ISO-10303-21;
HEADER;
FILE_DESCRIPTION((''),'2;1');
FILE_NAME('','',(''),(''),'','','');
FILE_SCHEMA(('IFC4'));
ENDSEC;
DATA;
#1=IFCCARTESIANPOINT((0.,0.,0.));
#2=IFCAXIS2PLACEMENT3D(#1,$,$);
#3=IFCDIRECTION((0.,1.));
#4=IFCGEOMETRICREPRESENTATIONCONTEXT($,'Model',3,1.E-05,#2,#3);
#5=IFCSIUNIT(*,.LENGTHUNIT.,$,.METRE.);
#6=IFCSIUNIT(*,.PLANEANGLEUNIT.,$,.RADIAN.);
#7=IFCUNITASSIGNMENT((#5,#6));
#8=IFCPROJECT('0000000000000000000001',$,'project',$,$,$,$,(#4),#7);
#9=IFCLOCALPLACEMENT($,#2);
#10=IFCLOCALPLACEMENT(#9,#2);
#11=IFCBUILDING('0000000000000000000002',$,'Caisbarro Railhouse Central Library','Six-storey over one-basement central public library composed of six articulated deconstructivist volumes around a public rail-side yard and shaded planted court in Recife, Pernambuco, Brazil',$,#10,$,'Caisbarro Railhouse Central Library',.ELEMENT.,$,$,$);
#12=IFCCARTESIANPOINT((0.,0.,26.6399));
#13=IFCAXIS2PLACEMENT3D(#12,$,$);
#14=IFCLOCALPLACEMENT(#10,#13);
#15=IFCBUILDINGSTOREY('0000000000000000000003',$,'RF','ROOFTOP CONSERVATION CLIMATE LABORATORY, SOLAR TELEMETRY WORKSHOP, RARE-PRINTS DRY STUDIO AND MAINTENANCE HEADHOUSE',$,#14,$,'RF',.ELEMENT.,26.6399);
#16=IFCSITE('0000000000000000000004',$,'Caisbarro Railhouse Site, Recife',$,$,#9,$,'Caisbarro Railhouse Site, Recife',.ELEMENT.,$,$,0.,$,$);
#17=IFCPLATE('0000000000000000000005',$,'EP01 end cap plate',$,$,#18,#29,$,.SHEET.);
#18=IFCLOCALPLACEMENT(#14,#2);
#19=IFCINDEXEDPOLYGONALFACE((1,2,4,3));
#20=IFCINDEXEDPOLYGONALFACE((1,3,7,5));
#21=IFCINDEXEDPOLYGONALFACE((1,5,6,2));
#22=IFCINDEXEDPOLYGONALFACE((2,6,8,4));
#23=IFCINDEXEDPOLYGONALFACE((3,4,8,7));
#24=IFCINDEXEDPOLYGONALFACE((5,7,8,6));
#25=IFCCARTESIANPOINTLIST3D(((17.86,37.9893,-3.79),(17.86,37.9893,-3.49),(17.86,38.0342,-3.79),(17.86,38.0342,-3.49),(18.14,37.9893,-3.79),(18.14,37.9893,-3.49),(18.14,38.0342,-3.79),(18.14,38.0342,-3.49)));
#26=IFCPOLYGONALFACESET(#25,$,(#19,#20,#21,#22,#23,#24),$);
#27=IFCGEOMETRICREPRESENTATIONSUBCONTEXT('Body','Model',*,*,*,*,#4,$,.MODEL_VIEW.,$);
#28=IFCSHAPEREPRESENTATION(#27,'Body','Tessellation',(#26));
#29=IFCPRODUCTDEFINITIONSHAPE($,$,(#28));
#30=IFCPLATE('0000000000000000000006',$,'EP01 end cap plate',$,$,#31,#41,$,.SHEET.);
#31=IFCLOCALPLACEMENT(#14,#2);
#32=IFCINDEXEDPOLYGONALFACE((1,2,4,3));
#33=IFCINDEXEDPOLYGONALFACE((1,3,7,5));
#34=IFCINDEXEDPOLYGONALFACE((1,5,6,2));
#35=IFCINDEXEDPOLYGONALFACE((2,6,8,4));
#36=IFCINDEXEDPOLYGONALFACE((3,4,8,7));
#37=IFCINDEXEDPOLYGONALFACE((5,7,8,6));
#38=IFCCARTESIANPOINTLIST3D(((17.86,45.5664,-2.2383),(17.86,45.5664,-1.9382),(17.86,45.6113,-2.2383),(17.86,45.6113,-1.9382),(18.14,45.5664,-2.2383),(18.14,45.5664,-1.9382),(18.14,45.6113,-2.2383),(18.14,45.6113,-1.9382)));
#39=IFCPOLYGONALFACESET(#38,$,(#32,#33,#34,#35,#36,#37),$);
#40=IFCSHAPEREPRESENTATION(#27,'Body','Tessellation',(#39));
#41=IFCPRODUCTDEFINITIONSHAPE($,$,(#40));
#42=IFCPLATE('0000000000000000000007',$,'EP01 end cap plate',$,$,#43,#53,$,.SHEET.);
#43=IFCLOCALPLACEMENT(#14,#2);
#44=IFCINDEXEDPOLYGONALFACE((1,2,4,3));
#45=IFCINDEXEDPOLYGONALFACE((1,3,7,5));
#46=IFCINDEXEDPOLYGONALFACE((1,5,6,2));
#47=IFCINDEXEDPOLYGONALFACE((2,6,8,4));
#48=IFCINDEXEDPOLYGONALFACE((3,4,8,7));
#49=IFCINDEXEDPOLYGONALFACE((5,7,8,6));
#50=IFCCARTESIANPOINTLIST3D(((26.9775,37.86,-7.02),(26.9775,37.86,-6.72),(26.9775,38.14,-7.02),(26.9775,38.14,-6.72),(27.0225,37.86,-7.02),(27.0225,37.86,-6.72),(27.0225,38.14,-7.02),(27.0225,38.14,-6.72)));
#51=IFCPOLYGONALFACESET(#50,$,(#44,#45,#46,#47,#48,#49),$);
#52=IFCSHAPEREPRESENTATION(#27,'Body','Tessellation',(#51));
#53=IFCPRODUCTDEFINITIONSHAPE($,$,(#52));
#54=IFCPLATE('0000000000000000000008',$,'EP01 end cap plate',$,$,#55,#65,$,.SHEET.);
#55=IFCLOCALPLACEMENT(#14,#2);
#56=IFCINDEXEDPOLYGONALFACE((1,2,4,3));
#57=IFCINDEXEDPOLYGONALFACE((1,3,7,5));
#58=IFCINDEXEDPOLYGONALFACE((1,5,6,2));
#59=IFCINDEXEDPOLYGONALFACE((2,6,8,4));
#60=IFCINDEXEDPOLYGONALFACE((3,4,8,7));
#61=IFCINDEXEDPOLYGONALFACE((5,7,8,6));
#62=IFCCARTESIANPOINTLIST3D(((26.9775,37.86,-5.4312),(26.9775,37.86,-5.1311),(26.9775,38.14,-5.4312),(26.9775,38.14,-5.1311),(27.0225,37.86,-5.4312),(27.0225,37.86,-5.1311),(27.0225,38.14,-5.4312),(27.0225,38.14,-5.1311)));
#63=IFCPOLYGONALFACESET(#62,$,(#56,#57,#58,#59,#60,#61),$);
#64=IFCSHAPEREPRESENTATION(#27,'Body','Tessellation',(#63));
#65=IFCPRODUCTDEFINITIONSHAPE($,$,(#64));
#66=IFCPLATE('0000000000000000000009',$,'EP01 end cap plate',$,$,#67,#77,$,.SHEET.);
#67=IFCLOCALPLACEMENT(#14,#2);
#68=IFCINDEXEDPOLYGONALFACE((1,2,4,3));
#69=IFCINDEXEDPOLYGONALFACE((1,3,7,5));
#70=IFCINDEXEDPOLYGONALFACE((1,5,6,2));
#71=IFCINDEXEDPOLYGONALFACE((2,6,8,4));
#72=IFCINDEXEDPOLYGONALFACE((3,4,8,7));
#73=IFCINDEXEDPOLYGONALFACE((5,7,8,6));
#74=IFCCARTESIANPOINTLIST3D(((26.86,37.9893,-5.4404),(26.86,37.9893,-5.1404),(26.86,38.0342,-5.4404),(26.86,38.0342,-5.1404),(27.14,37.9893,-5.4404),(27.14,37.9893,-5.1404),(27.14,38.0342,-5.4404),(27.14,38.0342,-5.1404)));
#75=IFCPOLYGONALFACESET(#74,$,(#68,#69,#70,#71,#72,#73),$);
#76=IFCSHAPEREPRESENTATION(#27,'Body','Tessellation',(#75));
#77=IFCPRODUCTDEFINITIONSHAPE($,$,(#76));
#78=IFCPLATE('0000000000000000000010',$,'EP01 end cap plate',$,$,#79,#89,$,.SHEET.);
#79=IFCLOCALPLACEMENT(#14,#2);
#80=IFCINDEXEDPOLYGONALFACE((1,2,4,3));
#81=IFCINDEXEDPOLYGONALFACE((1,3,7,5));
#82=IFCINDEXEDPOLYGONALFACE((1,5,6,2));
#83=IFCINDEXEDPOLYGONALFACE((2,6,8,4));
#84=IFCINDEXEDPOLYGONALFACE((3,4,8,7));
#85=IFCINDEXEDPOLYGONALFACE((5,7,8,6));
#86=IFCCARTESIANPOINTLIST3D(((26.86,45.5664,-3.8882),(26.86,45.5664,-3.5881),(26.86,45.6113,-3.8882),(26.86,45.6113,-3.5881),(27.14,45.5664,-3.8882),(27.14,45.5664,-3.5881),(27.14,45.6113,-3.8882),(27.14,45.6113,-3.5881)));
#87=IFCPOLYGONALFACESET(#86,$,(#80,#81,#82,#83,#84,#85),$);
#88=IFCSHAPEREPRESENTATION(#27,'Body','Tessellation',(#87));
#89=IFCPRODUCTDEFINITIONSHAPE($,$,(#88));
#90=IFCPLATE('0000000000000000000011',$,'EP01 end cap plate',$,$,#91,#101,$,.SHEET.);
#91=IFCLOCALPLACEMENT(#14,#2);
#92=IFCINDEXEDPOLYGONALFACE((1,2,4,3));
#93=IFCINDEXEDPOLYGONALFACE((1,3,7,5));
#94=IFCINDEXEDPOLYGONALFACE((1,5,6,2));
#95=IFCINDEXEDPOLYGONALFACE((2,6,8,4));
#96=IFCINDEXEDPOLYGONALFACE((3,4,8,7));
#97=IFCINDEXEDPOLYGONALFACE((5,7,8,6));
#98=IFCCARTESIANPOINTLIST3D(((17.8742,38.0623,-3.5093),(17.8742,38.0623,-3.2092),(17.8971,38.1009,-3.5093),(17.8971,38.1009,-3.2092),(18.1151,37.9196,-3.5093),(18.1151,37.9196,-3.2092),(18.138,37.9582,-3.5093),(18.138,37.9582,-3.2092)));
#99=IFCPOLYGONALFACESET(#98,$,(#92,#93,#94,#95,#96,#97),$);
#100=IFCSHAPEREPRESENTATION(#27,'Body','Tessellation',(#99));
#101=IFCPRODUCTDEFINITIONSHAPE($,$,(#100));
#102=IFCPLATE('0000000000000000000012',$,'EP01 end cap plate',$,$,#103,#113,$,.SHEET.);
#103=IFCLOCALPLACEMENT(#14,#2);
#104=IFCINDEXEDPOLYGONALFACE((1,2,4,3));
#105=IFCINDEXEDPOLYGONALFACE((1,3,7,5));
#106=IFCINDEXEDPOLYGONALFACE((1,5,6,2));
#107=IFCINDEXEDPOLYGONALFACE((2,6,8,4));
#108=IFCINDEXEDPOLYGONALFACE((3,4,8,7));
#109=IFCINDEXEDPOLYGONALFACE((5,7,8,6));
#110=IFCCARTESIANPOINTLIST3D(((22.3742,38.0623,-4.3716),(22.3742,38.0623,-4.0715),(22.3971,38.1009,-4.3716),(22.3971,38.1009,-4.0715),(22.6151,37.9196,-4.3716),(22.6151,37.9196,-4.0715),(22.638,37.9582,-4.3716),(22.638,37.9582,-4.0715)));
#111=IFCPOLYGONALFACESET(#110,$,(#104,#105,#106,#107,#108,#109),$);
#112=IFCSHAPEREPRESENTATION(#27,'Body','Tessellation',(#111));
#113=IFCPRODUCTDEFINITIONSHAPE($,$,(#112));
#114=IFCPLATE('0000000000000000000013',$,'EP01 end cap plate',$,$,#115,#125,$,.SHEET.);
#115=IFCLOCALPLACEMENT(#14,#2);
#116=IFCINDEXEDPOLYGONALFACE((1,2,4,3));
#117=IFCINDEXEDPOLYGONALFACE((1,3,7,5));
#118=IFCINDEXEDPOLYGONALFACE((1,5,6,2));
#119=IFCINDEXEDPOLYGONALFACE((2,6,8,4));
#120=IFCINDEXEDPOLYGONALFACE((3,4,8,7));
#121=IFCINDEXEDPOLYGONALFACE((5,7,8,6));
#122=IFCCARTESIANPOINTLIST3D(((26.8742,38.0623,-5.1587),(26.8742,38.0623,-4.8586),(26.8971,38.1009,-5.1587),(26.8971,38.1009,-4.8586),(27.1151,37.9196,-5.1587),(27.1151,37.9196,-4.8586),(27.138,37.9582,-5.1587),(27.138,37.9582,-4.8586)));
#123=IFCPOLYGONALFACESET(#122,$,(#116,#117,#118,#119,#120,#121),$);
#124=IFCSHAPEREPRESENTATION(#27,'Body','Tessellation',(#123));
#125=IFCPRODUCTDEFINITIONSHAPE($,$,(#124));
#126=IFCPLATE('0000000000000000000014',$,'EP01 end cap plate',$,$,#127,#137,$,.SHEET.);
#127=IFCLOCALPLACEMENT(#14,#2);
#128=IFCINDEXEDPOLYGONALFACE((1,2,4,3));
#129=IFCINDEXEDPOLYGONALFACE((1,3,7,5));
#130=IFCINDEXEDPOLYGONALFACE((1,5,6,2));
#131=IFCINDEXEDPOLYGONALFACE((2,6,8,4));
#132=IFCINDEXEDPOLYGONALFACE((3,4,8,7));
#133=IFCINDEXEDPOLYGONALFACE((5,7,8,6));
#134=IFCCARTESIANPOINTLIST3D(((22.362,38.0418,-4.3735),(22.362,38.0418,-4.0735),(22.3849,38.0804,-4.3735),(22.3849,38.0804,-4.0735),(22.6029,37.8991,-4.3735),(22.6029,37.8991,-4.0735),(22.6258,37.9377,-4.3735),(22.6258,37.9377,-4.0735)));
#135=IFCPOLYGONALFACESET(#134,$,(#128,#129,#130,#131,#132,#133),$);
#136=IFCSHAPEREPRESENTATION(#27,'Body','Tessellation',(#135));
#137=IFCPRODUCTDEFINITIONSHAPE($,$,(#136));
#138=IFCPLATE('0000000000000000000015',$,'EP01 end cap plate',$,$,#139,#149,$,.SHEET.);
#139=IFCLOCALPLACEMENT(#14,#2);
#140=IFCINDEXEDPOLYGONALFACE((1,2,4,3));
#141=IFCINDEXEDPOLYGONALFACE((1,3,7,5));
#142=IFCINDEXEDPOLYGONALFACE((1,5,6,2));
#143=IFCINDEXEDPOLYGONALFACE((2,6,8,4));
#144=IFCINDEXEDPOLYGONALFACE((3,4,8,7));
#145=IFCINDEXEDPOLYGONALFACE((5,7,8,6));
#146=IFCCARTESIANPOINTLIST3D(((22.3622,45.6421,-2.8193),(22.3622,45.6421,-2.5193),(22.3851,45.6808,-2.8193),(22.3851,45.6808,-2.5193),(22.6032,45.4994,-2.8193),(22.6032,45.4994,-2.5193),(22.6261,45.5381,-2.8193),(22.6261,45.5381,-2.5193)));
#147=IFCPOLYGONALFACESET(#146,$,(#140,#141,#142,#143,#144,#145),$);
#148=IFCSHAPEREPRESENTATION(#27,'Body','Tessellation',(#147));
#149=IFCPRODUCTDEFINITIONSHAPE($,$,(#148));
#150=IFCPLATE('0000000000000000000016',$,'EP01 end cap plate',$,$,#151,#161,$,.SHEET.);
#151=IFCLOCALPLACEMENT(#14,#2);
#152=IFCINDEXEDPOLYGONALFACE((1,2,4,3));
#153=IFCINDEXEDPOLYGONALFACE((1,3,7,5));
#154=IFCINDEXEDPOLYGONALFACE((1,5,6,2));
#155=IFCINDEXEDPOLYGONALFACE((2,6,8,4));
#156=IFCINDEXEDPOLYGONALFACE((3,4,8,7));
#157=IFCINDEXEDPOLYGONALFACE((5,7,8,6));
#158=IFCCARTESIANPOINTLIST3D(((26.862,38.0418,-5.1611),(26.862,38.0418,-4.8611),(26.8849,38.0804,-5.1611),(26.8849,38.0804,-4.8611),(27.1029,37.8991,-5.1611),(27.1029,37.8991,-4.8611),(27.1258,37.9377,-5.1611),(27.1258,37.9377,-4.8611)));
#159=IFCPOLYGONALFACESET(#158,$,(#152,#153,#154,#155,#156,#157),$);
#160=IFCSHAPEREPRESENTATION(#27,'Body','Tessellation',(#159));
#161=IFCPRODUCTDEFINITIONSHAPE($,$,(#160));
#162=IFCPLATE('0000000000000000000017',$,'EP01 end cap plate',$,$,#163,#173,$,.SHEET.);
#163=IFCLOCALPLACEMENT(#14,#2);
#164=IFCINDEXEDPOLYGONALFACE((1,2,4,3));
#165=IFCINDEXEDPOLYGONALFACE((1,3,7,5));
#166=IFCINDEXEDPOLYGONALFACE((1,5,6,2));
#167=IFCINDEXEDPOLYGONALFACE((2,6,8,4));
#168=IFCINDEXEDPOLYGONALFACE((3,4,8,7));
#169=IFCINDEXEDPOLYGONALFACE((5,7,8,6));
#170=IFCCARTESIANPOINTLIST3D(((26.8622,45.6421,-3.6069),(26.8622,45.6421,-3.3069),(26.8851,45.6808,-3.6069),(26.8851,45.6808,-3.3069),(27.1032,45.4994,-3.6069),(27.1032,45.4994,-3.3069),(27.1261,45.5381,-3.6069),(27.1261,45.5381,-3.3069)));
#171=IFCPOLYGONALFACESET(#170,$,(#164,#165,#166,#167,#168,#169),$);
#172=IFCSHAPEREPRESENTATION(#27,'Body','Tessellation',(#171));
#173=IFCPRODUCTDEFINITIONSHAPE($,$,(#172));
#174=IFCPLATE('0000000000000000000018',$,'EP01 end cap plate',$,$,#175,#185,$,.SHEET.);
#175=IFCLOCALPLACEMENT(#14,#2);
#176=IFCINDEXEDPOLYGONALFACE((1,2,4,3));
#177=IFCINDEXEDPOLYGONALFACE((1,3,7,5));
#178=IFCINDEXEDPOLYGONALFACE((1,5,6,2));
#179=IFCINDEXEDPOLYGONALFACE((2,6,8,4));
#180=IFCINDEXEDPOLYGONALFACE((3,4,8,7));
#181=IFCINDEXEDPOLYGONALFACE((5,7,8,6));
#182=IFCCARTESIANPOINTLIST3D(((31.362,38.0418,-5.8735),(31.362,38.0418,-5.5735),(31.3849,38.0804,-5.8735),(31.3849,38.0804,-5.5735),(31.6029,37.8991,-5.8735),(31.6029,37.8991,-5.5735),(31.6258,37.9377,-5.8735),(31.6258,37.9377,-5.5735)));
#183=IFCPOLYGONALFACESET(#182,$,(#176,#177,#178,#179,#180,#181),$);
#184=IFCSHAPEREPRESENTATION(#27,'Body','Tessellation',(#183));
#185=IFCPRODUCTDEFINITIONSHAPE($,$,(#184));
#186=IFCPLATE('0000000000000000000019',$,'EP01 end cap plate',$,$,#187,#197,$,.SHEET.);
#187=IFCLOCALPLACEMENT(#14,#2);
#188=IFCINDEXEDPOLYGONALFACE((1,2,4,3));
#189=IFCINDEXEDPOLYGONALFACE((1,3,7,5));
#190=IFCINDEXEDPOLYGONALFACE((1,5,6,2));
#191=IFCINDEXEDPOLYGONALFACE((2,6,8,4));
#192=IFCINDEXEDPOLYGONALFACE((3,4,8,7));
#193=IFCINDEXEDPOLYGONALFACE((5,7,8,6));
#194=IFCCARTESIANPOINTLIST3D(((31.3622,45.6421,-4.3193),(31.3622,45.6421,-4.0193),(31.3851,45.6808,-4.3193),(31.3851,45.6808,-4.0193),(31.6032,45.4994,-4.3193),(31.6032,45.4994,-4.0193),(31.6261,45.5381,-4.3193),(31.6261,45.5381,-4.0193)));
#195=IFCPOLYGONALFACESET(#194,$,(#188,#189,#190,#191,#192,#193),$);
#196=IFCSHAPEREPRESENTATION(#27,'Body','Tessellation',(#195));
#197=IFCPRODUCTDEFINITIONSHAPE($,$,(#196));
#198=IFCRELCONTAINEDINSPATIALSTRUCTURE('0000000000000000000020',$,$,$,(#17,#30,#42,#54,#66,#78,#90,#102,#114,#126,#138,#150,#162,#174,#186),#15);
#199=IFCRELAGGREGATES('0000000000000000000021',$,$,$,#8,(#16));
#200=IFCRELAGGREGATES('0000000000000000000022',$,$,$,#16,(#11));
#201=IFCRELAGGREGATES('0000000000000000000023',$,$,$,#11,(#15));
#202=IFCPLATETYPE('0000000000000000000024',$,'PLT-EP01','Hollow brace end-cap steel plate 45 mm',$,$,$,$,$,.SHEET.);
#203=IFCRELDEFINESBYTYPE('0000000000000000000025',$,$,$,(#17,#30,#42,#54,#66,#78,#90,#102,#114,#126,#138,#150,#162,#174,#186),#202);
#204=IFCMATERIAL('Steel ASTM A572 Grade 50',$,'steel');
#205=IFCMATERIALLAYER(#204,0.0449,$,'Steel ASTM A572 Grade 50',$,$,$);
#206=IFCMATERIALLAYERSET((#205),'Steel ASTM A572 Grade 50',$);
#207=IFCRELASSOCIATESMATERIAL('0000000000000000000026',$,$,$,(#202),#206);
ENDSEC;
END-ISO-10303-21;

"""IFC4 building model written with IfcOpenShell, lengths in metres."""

from ifc_helpers import new_model, si_unit, direction, frame, origin, origin_2d, place, context, subcontext, project, spatial, rectangle, extrude, material, layer, layer_set, type_object, element, save


model = new_model("IFC4")

# Units and contexts
model_context = context("Model", 3, precision=1e-05, world=origin(), true_north=direction((0.0, 1.0)))
body_context = subcontext(model_context, "Body", "Model", "MODEL_VIEW")
ifc_project = project(units=[si_unit("LENGTHUNIT", "METRE"), si_unit("PLANEANGLEUNIT", "RADIAN")], contexts=[model_context])

# Site, building, storey
site_placement = place(None, origin())
site = spatial("IfcSite", under=ifc_project, at=site_placement, Name="Caisbarro Railhouse Site, Recife", LongName="Caisbarro Railhouse Site, Recife", CompositionType="ELEMENT", RefElevation=0.0)
building_placement = place(site_placement, origin())
building = spatial("IfcBuilding", under=site, at=building_placement, Name="Caisbarro Railhouse Central Library", Description="Six-storey over one-basement central public library composed of six articulated deconstructivist volumes around a public rail-side yard and shaded planted court in Recife, Pernambuco, Brazil", LongName="Caisbarro Railhouse Central Library", CompositionType="ELEMENT")
storey_placement = place(building_placement, frame((0.0, 0.0, 26.6399)))
storey = spatial("IfcBuildingStorey", under=building, at=storey_placement, Name="RF", Description="ROOFTOP CONSERVATION CLIMATE LABORATORY, SOLAR TELEMETRY WORKSHOP, RARE-PRINTS DRY STUDIO AND MAINTENANCE HEADHOUSE", LongName="RF", CompositionType="ELEMENT", Elevation=26.6399)

# Shared definitions
ifc_material = material(Name="Steel ASTM A572 Grade 50", Category="steel")

# Plates
ifc_layer = layer(ifc_material, 0.0449, Name="Steel ASTM A572 Grade 50")
ifc_layer_set = layer_set([ifc_layer], Name="Steel ASTM A572 Grade 50")
plate_type = type_object("IfcPlateType", Name="PLT-EP01", Description="Hollow brace end-cap steel plate 45 mm", PredefinedType="SHEET", material=ifc_layer_set)
for number, where, z_axis, x_axis, name in (
    (1, (18.0, 38.0117, -3.79), (0.0, 0.0, 1.0), (0.0, 1.0, 0.0), "EP01 end cap plate"),
    (2, (18.0, 45.5889, -2.2383), (0.0, 0.0, 1.0), (0.0, -1.0, 0.0), "EP01 end cap plate"),
    (3, (27.0, 38.0, -7.02), (0.0, 0.0, 1.0), (1.0, 0.0, 0.0), "EP01 end cap plate"),
    (4, (27.0, 38.0, -5.4312), (0.0, 0.0, 1.0), (1.0, 0.0, 0.0), "EP01 end cap plate"),
    (5, (27.0, 38.0117, -5.4404), (0.0, 0.0, 1.0), (0.0, 1.0, 0.0), "EP01 end cap plate"),
    (6, (27.0, 45.5889, -3.8882), (0.0, 0.0, 1.0), (0.0, -1.0, 0.0), "EP01 end cap plate"),
    (7, (18.0061, 38.0103, -3.5093), (0.0, 0.0, 1.0), (0.509492, 0.860475, 0.0), "EP01 end cap plate"),
    (8, (22.5061, 38.0103, -4.3716), (0.0, 0.0, 1.0), (0.509492, 0.860475, 0.0), "EP01 end cap plate"),
    (9, (27.0061, 38.0103, -5.1587), (0.0, 0.0, 1.0), (0.509492, 0.860475, 0.0), "EP01 end cap plate"),
    (10, (22.4939, 37.9897, -4.3735), (0.0, 0.0, 1.0), (0.509492, 0.860475, 0.0), "EP01 end cap plate"),
    (11, (22.4941, 45.5901, -2.8193), (0.0, 0.0, 1.0), (0.509492, 0.860475, 0.0), "EP01 end cap plate"),
    (12, (26.9939, 37.9897, -5.1611), (0.0, 0.0, 1.0), (0.509492, 0.860475, 0.0), "EP01 end cap plate"),
    (13, (26.9941, 45.5901, -3.6069), (0.0, 0.0, 1.0), (0.509492, 0.860475, 0.0), "EP01 end cap plate"),
    (14, (31.4939, 37.9897, -5.8735), (0.0, 0.0, 1.0), (0.509492, 0.860475, 0.0), "EP01 end cap plate"),
    (15, (31.4941, 45.5901, -4.3193), (0.0, 0.0, 1.0), (0.509492, 0.860475, 0.0), "EP01 end cap plate"),
):
    element("IfcPlate", number, at=place(storey_placement, frame(where, z_axis=z_axis, x_axis=x_axis)), inside=storey, type_object=plate_type, Name=name, PredefinedType="SHEET", context=body_context, shape_type="SweptSolid", body=[
        extrude(rectangle(XDim=0.0449, YDim=0.28, at=origin_2d()), origin(), (0.0, 0.0, 1.0), 0.3),
    ])

save(model, "model.ifc")
